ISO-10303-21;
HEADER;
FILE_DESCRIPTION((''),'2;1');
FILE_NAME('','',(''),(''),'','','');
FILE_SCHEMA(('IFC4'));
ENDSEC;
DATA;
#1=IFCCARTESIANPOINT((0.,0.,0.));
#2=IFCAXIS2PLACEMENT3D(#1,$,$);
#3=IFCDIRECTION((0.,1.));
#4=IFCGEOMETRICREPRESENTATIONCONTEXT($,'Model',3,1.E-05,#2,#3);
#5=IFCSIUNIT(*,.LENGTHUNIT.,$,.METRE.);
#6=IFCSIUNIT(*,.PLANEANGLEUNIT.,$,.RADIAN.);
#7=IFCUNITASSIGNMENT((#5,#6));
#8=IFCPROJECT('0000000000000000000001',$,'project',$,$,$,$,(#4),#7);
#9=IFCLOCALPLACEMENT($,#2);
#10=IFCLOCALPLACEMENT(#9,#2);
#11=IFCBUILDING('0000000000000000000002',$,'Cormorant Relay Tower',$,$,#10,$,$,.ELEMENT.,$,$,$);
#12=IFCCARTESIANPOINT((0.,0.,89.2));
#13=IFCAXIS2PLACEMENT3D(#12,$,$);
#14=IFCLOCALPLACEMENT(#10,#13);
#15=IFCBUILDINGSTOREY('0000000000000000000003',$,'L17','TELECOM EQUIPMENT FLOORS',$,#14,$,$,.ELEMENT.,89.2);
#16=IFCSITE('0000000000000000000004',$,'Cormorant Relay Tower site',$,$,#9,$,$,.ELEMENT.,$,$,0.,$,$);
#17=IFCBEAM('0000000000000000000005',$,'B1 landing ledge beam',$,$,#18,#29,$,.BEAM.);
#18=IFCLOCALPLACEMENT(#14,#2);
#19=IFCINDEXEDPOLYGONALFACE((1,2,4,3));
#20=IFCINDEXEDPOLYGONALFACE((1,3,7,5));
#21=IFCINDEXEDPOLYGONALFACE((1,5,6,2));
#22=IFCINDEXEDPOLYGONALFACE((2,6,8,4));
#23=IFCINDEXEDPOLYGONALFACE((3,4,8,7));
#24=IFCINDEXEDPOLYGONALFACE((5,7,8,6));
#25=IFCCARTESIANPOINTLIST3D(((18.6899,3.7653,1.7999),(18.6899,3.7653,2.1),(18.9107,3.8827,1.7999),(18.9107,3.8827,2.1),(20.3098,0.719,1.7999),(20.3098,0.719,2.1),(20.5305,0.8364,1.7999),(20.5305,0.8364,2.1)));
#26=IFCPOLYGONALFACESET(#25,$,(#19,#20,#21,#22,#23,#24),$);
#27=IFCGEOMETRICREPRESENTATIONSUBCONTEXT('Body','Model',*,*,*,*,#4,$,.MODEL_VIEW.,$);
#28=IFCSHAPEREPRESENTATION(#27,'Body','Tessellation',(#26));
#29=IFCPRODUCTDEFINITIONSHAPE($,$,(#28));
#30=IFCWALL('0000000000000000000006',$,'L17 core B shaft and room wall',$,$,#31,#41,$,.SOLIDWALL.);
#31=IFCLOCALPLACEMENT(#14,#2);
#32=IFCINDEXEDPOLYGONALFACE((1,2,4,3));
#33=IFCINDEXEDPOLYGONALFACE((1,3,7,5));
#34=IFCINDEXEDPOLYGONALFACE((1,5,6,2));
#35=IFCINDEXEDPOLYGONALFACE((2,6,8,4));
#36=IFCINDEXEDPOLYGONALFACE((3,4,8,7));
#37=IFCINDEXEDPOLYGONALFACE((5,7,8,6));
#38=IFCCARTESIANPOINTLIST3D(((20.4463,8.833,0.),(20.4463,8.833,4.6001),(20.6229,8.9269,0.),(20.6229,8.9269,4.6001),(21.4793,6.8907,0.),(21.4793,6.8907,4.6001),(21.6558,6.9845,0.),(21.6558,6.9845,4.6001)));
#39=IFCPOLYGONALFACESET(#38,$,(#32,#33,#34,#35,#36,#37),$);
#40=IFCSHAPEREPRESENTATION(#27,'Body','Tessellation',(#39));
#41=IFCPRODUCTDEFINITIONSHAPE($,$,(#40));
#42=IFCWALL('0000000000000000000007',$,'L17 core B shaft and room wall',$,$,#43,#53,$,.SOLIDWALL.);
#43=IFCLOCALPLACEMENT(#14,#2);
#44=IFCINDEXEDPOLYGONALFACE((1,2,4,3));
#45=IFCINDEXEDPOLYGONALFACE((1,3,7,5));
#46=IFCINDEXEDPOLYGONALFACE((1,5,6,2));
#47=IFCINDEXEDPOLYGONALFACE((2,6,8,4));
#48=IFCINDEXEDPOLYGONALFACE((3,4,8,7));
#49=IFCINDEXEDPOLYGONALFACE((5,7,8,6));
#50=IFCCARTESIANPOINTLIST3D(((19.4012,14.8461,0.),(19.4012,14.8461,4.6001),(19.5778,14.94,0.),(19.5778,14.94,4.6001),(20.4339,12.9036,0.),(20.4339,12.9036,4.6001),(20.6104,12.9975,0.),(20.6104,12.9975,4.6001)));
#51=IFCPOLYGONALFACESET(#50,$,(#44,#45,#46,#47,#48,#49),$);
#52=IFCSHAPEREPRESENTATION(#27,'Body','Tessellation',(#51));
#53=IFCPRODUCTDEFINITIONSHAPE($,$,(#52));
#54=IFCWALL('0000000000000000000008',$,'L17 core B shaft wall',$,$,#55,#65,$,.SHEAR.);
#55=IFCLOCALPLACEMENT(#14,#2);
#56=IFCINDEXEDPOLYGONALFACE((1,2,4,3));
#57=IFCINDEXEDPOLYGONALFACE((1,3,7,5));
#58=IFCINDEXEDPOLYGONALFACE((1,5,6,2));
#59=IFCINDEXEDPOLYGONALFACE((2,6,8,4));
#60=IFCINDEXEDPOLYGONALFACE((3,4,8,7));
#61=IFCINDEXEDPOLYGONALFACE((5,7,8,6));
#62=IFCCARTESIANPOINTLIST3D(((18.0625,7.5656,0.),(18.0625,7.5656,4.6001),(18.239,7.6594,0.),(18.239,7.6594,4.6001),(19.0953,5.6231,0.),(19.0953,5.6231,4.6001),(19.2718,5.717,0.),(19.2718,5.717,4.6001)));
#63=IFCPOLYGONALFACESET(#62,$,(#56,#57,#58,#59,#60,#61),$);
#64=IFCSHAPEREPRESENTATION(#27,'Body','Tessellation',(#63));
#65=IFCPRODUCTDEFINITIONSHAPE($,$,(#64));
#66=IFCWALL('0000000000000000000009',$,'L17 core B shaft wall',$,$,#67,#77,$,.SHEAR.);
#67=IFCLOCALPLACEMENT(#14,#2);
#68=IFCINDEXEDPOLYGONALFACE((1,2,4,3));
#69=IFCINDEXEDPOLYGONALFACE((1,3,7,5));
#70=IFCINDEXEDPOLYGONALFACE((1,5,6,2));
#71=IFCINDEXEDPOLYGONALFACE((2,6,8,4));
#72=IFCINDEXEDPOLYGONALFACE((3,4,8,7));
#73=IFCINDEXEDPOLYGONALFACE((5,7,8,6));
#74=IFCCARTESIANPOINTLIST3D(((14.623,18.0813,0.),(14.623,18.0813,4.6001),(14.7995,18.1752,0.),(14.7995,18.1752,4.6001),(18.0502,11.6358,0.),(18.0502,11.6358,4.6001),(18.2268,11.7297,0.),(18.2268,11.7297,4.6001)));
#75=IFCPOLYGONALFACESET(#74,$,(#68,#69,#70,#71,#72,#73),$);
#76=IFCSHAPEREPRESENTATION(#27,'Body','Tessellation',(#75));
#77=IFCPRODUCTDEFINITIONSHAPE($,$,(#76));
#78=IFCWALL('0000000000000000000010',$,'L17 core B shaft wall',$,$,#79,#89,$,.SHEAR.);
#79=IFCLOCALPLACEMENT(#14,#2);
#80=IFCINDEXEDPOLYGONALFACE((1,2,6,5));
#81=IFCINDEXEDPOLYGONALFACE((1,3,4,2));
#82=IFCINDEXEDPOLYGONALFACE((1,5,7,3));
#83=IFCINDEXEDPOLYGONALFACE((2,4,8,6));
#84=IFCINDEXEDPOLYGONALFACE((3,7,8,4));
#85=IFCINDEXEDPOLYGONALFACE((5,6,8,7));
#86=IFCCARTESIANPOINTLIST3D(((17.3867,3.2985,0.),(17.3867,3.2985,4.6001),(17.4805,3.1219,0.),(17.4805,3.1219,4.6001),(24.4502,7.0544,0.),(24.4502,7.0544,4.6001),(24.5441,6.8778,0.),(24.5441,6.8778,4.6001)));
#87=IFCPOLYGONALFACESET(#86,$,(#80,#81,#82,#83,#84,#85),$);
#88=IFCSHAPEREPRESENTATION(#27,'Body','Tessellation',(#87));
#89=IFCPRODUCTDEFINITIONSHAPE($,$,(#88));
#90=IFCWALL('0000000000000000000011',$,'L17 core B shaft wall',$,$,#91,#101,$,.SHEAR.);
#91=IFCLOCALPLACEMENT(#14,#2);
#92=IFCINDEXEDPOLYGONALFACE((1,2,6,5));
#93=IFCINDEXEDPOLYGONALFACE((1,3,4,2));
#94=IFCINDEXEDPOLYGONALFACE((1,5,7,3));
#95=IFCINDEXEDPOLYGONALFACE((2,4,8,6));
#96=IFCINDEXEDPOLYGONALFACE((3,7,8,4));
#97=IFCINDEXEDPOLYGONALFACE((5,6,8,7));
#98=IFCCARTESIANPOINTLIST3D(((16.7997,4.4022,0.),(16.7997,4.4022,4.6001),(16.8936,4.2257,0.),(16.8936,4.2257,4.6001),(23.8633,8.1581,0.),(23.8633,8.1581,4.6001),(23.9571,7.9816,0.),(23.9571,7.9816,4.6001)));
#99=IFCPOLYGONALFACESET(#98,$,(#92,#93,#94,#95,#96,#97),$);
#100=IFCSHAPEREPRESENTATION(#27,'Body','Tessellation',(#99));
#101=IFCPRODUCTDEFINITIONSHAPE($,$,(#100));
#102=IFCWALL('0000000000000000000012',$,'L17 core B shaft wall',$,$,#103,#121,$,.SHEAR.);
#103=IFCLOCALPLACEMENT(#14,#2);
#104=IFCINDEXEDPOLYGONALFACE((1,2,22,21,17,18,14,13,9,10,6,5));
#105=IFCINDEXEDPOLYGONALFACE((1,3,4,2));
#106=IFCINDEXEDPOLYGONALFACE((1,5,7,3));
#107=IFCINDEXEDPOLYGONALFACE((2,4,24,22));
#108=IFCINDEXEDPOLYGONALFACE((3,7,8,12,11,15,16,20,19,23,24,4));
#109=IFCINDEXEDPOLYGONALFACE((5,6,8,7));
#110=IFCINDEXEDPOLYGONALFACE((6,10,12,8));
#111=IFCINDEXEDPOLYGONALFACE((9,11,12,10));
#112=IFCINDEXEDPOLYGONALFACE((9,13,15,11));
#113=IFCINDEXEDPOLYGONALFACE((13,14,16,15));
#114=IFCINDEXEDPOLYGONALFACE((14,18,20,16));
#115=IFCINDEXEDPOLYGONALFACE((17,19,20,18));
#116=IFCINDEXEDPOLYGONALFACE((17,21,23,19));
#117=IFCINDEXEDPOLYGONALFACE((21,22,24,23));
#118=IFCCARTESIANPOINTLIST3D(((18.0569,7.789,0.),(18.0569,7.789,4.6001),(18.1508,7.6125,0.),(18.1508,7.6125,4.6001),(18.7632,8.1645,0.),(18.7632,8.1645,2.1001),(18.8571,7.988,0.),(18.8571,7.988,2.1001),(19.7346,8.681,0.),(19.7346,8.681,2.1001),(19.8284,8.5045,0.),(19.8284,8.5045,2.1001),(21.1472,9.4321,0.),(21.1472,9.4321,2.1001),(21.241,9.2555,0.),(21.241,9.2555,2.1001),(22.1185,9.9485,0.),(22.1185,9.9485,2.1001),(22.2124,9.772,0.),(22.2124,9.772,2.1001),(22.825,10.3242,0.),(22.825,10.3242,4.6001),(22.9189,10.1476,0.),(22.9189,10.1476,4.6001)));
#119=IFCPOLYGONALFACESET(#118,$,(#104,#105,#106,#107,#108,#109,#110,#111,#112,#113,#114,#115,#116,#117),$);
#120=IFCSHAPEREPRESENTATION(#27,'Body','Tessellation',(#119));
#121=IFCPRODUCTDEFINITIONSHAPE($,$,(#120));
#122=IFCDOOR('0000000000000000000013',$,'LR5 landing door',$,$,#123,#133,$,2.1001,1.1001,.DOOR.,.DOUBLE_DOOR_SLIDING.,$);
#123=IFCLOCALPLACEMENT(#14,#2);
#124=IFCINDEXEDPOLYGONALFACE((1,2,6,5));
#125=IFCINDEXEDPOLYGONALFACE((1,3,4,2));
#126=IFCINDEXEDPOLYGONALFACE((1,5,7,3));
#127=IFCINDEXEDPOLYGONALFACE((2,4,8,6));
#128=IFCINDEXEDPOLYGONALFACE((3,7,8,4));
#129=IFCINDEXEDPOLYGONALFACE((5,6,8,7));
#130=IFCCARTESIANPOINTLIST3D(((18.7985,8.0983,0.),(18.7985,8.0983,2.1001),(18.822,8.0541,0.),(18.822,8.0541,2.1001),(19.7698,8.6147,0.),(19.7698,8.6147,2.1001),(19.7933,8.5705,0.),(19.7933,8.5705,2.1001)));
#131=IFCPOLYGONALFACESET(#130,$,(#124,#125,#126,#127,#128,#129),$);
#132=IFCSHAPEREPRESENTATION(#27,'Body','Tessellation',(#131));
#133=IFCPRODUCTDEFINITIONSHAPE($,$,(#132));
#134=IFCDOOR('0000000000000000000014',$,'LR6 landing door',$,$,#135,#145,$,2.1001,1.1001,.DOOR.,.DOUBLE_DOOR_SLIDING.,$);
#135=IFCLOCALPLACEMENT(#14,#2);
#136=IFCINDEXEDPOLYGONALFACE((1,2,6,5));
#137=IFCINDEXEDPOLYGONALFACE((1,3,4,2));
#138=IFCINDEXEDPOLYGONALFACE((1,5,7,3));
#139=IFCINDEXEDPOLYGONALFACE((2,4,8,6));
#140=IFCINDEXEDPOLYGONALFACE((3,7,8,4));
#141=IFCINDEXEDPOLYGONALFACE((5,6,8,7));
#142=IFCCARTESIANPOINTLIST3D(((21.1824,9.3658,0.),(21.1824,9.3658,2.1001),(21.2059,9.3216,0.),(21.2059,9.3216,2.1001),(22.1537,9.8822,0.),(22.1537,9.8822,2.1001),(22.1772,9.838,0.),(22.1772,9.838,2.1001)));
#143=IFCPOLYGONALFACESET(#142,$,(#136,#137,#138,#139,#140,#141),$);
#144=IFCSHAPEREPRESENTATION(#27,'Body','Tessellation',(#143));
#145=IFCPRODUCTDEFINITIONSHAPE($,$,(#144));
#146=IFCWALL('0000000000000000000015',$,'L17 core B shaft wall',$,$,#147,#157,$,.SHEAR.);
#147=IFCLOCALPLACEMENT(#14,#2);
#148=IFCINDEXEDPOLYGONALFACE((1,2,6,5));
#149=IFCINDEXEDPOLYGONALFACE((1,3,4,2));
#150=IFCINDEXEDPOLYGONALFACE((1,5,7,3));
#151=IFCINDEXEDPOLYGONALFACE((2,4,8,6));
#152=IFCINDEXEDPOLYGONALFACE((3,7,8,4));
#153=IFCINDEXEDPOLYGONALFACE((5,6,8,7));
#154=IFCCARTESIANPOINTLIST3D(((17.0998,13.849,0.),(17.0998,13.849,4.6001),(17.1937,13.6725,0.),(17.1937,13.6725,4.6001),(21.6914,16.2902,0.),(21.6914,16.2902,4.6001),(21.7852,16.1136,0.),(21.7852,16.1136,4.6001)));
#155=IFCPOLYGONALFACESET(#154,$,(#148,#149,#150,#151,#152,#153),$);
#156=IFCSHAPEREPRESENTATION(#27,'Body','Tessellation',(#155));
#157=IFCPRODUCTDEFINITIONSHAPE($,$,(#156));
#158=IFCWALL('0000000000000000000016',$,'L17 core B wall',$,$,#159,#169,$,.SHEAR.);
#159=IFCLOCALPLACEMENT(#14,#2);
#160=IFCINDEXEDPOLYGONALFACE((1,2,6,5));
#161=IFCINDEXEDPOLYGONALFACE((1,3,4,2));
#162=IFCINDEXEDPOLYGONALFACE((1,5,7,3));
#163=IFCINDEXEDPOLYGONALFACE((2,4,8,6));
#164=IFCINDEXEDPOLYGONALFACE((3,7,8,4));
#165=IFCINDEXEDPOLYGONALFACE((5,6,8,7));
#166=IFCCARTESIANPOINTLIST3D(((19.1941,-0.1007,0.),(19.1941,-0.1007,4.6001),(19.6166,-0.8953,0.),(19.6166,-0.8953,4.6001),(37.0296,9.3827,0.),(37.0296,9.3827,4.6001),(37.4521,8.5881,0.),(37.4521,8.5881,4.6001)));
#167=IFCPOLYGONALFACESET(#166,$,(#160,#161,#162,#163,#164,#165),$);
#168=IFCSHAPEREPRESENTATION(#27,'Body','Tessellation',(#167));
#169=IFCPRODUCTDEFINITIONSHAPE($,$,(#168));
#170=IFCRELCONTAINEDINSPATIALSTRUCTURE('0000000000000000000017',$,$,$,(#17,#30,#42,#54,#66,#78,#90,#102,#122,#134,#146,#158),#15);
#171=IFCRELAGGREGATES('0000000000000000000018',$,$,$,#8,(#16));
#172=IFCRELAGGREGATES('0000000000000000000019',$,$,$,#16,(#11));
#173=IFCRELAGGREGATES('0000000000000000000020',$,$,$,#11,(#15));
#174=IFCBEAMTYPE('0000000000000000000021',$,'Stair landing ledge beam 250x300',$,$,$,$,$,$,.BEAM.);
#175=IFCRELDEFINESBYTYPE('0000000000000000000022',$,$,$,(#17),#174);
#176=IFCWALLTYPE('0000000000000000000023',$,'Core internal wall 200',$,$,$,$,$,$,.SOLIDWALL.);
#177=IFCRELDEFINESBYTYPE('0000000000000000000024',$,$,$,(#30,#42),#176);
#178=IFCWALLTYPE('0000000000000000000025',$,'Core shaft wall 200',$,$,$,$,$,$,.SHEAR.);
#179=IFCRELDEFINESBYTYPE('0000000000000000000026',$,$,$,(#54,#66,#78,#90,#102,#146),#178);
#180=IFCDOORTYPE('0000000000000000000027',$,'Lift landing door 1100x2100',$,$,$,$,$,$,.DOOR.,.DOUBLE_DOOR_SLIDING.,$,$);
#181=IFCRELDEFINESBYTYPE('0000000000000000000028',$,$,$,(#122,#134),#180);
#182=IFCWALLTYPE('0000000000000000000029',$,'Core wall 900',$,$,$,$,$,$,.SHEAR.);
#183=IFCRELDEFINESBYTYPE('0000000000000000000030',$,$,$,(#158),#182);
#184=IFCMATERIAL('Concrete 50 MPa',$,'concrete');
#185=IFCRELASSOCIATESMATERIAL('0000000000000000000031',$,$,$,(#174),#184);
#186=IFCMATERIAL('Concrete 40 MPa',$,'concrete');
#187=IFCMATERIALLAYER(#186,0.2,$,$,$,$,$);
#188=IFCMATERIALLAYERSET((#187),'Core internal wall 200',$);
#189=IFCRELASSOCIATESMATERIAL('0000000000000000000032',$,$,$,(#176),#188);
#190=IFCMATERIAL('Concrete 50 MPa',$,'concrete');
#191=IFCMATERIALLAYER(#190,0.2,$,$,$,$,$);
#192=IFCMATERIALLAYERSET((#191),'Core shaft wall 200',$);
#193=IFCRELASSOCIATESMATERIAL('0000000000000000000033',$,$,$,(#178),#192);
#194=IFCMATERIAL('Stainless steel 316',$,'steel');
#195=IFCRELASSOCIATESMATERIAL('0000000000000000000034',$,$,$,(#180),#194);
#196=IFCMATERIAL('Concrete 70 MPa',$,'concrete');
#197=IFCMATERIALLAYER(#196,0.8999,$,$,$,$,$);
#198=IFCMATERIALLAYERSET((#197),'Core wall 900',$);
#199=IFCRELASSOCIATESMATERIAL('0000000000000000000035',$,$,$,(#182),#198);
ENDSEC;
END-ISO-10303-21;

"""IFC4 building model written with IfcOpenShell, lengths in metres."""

from ifc_helpers import new_model, si_unit, direction, frame, frame_2d, origin, origin_2d, place, context, subcontext, project, spatial, rectangle, extrude, material, layer, layer_set, material_profile, profile_set, type_object, element, fill, save


model = new_model("IFC4")

# Units and contexts
model_context = context("Model", 3, precision=1e-05, world=origin(), true_north=direction((0.0, 1.0)))
body_context = subcontext(model_context, "Body", "Model", "MODEL_VIEW")
ifc_project = project(units=[si_unit("LENGTHUNIT", "METRE"), si_unit("PLANEANGLEUNIT", "RADIAN")], contexts=[model_context])

# Site, building, storey
site_placement = place(None, origin())
site = spatial("IfcSite", under=ifc_project, at=site_placement, Name="Cormorant Relay Tower site", CompositionType="ELEMENT", RefElevation=0.0)
building_placement = place(site_placement, origin())
building = spatial("IfcBuilding", under=site, at=building_placement, Name="Cormorant Relay Tower", CompositionType="ELEMENT")
storey_placement = place(building_placement, frame((0.0, 0.0, 89.2)))
storey = spatial("IfcBuildingStorey", under=building, at=storey_placement, Name="L17", Description="TELECOM EQUIPMENT FLOORS", CompositionType="ELEMENT", Elevation=89.2)

# Beam
ifc_material_1 = material(Name="Concrete 50 MPa", Category="concrete")
ifc_material_profile = material_profile(ifc_material_1, rectangle(XDim=0.25, YDim=0.3, at=origin_2d()), Name="RC 250x300")
ifc_profile_set = profile_set([ifc_material_profile], Name="Concrete 50 MPa")
beam_type = type_object("IfcBeamType", Name="Stair landing ledge beam 250x300", PredefinedType="BEAM", material=ifc_profile_set)
beam_placement = place(storey_placement, frame((18.8003, 3.824, 1.95), z_axis=(0.46949, -0.882938, 0.0), x_axis=(0.882938, 0.46949, 0.0)))
element("IfcBeam", 1, at=beam_placement, inside=storey, type_object=beam_type, Name="B1 landing ledge beam", PredefinedType="BEAM", context=body_context, shape_type="SweptSolid", body=[
    extrude(rectangle(XDim=0.25, YDim=0.3, at=origin_2d()), origin(), (0.0, 0.0, 1.0), 3.4502),
])

# Walls
ifc_material_2 = material(Name="Concrete 40 MPa", Category="concrete")
ifc_layer_1 = layer(ifc_material_2, 0.2)
ifc_layer_set_1 = layer_set([ifc_layer_1], Name="Core internal wall 200")
wall_type_1 = type_object("IfcWallType", Name="Core internal wall 200", PredefinedType="SOLIDWALL", material=ifc_layer_set_1)
for number, where, z_axis, x_axis, name in (
    (2, (21.5676, 6.9375, 0.0), (0.0, 0.0, 1.0), (-0.469534, 0.882914, 0.0), "L17 core B shaft and room wall"),
    (3, (20.5222, 12.9504, 0.0), (0.0, 0.0, 1.0), (-0.469401, 0.882985, 0.0), "L17 core B shaft and room wall"),
):
    element("IfcWall", number, at=place(storey_placement, frame(where, z_axis=z_axis, x_axis=x_axis)), inside=storey, type_object=wall_type_1, Name=name, PredefinedType="SOLIDWALL", context=body_context, shape_type="SweptSolid", body=[
        extrude(rectangle(XDim=2.2, YDim=0.2, at=frame_2d((1.1001, 0.0))), origin(), (0.0, 0.0, 1.0), 4.6001),
    ])
ifc_material_3 = material(Name="Concrete 50 MPa", Category="concrete")
ifc_layer_2 = layer(ifc_material_3, 0.2)
ifc_layer_set_2 = layer_set([ifc_layer_2], Name="Core shaft wall 200")
wall_type_2 = type_object("IfcWallType", Name="Core shaft wall 200", PredefinedType="SHEAR", material=ifc_layer_set_2)
wall_1_placement = place(storey_placement, frame((19.1836, 5.6699, 0.0), z_axis=(0.0, 0.0, 1.0), x_axis=(-0.469447, 0.88296, 0.0)))
element("IfcWall", 4, at=wall_1_placement, inside=storey, type_object=wall_type_2, Name="L17 core B shaft wall", PredefinedType="SHEAR", context=body_context, shape_type="SweptSolid", body=[
    extrude(rectangle(XDim=2.2, YDim=0.2, at=frame_2d((1.1001, 0.0))), origin(), (0.0, 0.0, 1.0), 4.6001),
])
wall_2_placement = place(storey_placement, frame((18.1384, 11.6829, 0.0), z_axis=(0.0, 0.0, 1.0), x_axis=(-0.46948, 0.882943, 0.0)))
element("IfcWall", 5, at=wall_2_placement, inside=storey, type_object=wall_type_2, Name="L17 core B shaft wall", PredefinedType="SHEAR", context=body_context, shape_type="SweptSolid", body=[
    extrude(rectangle(XDim=7.3, YDim=0.2, at=frame_2d((3.6499, 0.0))), origin(), (0.0, 0.0, 1.0), 4.6001),
])
for number, where, z_axis, x_axis, name in (
    (6, (17.4336, 3.2102, 0.0), (0.0, 0.0, 1.0), (0.88294, 0.469485, 0.0), "L17 core B shaft wall"),
    (7, (16.8467, 4.314, 0.0), (0.0, 0.0, 1.0), (0.88294, 0.469485, 0.0), "L17 core B shaft wall"),
):
    element("IfcWall", number, at=place(storey_placement, frame(where, z_axis=z_axis, x_axis=x_axis)), inside=storey, type_object=wall_type_2, Name=name, PredefinedType="SHEAR", context=body_context, shape_type="SweptSolid", body=[
        extrude(rectangle(XDim=8.0, YDim=0.2, at=frame_2d((4.0, 0.0))), origin(), (0.0, 0.0, 1.0), 4.6001),
    ])

# Wall, openings, doors
wall_3_placement = place(storey_placement, frame((18.1038, 7.7007, 0.0), z_axis=(0.0, 0.0, 1.0), x_axis=(0.882953, 0.469462, 0.0)))
wall_3 = element("IfcWall", 8, at=wall_3_placement, inside=storey, type_object=wall_type_2, Name="L17 core B shaft wall", PredefinedType="SHEAR", context=body_context, shape_type="SweptSolid", body=[
    extrude(rectangle(XDim=5.4001, YDim=0.2, at=frame_2d((2.7002, 0.0))), origin(), (0.0, 0.0, 1.0), 4.6001),
])
opening_1_placement = place(wall_3_placement, frame((0.8, 0.0, 0.0)))
opening_1 = element("IfcOpeningElement", 9, at=opening_1_placement, cuts=wall_3, PredefinedType="OPENING", context=body_context, shape_type="SweptSolid", body=[
    extrude(rectangle(XDim=1.1001, YDim=2.1001, at=frame_2d((0.55, 1.05))), frame((0.0, 0.1099, 0.0), z_axis=(0.0, -1.0, 0.0), x_axis=(1.0, 0.0, 0.0)), (0.0, 0.0, 1.0), 0.22),
])
opening_2_placement = place(wall_3_placement, frame((3.5, 0.0, 0.0)))
opening_2 = element("IfcOpeningElement", 10, at=opening_2_placement, cuts=wall_3, PredefinedType="OPENING", context=body_context, shape_type="SweptSolid", body=[
    extrude(rectangle(XDim=1.1001, YDim=2.1001, at=frame_2d((0.55, 1.05))), frame((0.0, 0.1099, 0.0), z_axis=(0.0, -1.0, 0.0), x_axis=(1.0, 0.0, 0.0)), (0.0, 0.0, 1.0), 0.22),
])
ifc_material_4 = material(Name="Stainless steel 316", Category="steel")
door_type_1 = type_object("IfcDoorType", Name="Lift landing door 1100x2100", OperationType="DOUBLE_DOOR_SLIDING", PredefinedType="DOOR", material=ifc_material_4)
door_1_placement = place(opening_1_placement, origin())
door_1 = element("IfcDoor", 11, at=door_1_placement, inside=storey, type_object=door_type_1, Name="LR5 landing door", OperationType="DOUBLE_DOOR_SLIDING", OverallHeight=2.1001, OverallWidth=1.1001, PredefinedType="DOOR", context=body_context, shape_type="SweptSolid", body=[
    extrude(rectangle(XDim=1.1001, YDim=2.1001, at=frame_2d((0.55, 1.05))), frame((0.0, 0.0249, 0.0), z_axis=(0.0, -1.0, 0.0), x_axis=(1.0, 0.0, 0.0)), (0.0, 0.0, 1.0), 0.05),
])
fill(opening_1, door_1)
door_2_placement = place(opening_2_placement, origin())
door_2 = element("IfcDoor", 12, at=door_2_placement, inside=storey, type_object=door_type_1, Name="LR6 landing door", OperationType="DOUBLE_DOOR_SLIDING", OverallHeight=2.1001, OverallWidth=1.1001, PredefinedType="DOOR", context=body_context, shape_type="SweptSolid", body=[
    extrude(rectangle(XDim=1.1001, YDim=2.1001, at=frame_2d((0.55, 1.05))), frame((0.0, 0.0249, 0.0), z_axis=(0.0, -1.0, 0.0), x_axis=(1.0, 0.0, 0.0)), (0.0, 0.0, 1.0), 0.05),
])
fill(opening_2, door_2)

# Wall
wall_4_placement = place(storey_placement, frame((17.1467, 13.7607, 0.0), z_axis=(0.0, 0.0, 1.0), x_axis=(0.882964, 0.46944, 0.0)))
element("IfcWall", 13, at=wall_4_placement, inside=storey, type_object=wall_type_2, Name="L17 core B shaft wall", PredefinedType="SHEAR", context=body_context, shape_type="SweptSolid", body=[
    extrude(rectangle(XDim=5.2002, YDim=0.2, at=frame_2d((2.6001, 0.0))), origin(), (0.0, 0.0, 1.0), 4.6001),
])

# Shared definitions
ifc_material_5 = material(Name="Concrete 70 MPa", Category="concrete")
ifc_layer_3 = layer(ifc_material_5, 0.8999)
ifc_layer_set_3 = layer_set([ifc_layer_3], Name="Core wall 900")
wall_type_3 = type_object("IfcWallType", Name="Core wall 900", PredefinedType="SHEAR", material=ifc_layer_set_3)

# Wall
wall_5_placement = place(storey_placement, frame((19.4053, -0.498, 0.0), z_axis=(0.0, 0.0, 1.0), x_axis=(0.882945, 0.469476, 0.0)))
element("IfcWall", 14, at=wall_5_placement, inside=storey, type_object=wall_type_3, Name="L17 core B wall", PredefinedType="SHEAR", context=body_context, shape_type="SweptSolid", body=[
    extrude(rectangle(XDim=20.2, YDim=0.8999, at=frame_2d((10.1001, 0.0))), origin(), (0.0, 0.0, 1.0), 4.6001),
])

save(model, "model.ifc")
